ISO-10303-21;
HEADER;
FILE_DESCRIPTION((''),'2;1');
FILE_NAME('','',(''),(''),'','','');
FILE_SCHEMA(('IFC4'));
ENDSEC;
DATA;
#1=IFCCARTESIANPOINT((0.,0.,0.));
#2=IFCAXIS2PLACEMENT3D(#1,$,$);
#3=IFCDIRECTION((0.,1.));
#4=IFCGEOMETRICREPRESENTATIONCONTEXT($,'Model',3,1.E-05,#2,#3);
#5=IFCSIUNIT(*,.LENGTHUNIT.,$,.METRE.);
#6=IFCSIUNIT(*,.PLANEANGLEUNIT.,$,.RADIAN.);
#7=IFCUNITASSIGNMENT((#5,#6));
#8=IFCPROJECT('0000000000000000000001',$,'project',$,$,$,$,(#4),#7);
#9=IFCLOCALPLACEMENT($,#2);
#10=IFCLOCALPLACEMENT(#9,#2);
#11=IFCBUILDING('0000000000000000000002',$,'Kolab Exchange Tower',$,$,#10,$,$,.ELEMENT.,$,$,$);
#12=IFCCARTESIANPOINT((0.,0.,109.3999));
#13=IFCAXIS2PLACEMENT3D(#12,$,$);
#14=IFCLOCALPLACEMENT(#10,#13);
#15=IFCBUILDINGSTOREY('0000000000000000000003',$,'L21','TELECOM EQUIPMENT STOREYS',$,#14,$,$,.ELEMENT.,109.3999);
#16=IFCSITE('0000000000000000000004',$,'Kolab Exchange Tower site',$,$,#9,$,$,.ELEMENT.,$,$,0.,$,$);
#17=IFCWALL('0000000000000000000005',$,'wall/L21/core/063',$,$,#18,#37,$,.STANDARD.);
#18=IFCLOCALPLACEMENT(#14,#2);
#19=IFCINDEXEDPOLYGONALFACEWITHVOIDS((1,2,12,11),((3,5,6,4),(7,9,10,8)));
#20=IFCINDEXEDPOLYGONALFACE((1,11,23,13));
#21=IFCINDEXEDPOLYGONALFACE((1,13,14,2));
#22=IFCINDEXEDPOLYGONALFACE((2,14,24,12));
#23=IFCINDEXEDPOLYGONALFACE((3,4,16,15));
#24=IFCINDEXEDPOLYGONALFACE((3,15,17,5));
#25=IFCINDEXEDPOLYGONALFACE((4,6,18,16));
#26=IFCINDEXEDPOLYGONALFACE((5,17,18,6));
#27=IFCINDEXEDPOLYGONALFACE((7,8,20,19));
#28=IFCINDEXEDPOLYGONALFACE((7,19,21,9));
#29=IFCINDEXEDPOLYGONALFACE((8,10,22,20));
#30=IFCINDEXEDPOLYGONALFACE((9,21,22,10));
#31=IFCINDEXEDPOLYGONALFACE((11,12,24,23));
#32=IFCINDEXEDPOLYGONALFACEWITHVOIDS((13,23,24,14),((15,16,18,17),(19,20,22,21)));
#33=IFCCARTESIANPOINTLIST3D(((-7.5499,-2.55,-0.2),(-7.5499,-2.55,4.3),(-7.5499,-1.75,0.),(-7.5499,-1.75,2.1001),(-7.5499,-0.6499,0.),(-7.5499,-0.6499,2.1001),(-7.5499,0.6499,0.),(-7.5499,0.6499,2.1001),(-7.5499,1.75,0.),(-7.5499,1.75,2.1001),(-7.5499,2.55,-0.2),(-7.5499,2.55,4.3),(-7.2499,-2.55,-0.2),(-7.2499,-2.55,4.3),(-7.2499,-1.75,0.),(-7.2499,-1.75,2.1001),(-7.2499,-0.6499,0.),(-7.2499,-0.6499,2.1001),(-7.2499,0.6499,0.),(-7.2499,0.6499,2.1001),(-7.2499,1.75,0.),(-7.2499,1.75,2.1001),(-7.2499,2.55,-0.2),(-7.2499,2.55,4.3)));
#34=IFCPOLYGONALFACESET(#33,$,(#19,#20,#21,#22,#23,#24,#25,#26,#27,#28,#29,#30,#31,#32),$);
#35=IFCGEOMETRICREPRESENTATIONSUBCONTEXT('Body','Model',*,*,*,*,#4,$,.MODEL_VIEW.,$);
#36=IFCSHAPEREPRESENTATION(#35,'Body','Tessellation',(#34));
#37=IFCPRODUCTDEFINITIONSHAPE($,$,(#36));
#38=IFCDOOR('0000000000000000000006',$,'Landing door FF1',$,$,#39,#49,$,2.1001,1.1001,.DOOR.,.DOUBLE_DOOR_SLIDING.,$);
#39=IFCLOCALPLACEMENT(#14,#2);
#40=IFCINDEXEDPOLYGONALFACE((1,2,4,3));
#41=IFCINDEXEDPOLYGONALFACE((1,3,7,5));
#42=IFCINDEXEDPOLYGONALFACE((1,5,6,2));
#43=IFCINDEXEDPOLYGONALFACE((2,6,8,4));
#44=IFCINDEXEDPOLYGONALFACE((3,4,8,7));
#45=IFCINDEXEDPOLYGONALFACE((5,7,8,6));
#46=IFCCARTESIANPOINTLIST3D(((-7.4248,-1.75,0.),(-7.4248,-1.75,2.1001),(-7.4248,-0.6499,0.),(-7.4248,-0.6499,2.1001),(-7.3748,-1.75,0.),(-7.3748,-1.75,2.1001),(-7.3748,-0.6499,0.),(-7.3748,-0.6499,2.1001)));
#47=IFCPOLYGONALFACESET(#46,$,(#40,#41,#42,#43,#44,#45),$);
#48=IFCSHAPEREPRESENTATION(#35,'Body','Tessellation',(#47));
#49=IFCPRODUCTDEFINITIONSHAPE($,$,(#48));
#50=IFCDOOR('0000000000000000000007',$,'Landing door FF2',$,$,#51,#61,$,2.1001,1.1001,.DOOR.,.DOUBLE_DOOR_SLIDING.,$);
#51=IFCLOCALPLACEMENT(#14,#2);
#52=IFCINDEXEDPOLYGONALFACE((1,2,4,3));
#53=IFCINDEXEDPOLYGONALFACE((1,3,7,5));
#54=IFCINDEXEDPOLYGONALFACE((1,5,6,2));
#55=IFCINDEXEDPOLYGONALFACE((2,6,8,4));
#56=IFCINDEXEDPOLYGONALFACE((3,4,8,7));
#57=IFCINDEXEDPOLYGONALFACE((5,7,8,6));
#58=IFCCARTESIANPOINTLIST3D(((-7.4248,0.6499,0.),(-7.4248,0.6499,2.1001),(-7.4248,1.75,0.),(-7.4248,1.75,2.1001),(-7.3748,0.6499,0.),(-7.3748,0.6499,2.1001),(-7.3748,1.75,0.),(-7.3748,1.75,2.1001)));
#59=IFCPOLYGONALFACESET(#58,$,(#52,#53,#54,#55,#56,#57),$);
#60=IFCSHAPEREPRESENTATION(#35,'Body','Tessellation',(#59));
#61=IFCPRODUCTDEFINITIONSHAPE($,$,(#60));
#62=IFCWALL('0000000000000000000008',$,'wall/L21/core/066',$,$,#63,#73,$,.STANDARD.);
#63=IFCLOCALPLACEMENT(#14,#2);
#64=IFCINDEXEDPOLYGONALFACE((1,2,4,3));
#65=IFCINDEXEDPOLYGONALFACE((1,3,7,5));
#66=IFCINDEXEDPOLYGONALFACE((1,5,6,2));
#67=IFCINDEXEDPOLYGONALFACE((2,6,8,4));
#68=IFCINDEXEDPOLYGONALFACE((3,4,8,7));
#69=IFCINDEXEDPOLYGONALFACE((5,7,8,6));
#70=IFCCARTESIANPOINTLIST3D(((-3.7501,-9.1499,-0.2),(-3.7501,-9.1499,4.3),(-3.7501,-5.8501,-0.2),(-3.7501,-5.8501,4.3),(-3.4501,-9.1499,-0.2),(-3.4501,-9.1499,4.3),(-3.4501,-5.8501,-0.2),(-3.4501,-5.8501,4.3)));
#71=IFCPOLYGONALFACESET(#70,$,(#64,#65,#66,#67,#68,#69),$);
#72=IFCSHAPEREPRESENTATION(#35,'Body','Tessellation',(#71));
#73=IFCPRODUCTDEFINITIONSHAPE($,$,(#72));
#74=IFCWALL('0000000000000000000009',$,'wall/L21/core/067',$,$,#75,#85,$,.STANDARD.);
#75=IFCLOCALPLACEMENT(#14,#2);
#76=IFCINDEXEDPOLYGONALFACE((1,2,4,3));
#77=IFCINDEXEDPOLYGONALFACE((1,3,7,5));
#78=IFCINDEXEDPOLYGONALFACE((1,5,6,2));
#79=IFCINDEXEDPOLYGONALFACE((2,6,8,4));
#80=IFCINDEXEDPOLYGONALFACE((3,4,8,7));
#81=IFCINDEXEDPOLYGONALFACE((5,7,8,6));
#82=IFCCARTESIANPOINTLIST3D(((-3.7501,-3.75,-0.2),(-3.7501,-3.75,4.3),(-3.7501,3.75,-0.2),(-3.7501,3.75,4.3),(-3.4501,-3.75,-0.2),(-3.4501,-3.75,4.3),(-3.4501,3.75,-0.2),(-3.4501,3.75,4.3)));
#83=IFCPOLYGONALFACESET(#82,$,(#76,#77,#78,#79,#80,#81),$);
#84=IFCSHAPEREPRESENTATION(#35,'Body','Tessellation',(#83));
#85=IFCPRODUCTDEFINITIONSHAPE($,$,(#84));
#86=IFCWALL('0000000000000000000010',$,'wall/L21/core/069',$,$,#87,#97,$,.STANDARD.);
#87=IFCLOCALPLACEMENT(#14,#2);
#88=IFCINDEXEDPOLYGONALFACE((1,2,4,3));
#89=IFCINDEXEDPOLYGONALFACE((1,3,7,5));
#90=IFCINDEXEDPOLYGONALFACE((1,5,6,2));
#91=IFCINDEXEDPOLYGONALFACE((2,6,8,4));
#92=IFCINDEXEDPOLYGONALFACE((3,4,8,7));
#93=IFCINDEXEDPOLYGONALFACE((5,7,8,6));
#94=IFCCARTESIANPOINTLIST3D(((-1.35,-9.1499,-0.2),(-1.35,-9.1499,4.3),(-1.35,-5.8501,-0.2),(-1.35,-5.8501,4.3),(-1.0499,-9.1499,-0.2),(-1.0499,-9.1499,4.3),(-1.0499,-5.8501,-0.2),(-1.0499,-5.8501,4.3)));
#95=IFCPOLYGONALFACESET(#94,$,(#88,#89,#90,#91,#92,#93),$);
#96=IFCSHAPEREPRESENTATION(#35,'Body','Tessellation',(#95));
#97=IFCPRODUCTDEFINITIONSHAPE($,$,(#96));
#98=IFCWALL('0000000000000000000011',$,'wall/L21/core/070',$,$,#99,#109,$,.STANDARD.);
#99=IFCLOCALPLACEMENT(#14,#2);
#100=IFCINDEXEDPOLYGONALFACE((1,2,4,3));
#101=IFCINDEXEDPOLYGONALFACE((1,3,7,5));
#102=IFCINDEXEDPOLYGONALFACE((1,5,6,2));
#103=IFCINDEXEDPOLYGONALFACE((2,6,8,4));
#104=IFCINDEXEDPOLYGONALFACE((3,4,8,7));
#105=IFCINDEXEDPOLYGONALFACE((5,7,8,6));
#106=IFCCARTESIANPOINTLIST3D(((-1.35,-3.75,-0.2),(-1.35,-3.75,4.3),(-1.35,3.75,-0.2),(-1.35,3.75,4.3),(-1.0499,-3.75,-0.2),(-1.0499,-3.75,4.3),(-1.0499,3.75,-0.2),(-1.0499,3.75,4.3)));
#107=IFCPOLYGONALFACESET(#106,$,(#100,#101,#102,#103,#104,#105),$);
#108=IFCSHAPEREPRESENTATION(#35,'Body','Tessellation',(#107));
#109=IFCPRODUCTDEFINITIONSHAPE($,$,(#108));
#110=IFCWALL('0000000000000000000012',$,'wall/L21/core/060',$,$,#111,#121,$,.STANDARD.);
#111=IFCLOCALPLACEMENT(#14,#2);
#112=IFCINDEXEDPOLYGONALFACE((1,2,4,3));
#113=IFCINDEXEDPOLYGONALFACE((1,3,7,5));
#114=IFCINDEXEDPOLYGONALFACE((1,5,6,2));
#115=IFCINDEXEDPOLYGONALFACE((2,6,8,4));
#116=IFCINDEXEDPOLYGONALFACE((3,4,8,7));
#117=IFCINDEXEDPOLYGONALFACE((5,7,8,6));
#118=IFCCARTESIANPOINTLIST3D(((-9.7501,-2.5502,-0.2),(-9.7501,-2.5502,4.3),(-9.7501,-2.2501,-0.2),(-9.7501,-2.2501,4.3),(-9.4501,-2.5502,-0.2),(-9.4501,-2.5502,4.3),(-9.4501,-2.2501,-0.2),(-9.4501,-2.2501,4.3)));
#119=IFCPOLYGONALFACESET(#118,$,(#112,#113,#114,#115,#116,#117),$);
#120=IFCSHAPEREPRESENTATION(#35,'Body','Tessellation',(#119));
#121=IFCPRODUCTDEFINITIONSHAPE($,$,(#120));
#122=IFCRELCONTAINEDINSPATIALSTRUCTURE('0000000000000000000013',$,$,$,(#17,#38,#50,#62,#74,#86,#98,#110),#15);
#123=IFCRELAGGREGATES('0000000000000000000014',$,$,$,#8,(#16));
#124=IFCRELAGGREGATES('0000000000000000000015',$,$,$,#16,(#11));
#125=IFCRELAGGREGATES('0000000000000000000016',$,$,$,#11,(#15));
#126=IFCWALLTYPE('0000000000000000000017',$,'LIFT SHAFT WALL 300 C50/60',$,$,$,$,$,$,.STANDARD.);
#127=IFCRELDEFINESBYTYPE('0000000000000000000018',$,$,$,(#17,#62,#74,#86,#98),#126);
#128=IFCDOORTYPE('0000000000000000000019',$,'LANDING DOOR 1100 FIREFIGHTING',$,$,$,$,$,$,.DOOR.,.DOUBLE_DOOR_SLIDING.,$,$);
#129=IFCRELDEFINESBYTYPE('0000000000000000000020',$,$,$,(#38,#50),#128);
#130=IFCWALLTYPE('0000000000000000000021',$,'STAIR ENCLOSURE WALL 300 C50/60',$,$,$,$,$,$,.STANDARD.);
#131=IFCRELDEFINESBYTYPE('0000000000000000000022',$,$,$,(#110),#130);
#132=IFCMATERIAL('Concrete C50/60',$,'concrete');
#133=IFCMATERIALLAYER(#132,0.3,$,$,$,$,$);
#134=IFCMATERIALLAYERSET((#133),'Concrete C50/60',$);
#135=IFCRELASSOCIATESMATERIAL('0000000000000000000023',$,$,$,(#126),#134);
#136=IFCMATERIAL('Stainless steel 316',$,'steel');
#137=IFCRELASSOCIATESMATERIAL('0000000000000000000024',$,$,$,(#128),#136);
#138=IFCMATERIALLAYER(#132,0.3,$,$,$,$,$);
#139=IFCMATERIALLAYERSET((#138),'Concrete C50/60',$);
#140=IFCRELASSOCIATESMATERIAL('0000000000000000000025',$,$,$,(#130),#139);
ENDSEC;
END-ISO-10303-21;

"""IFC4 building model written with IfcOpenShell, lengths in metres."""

from ifc_helpers import new_model, si_unit, direction, frame, frame_2d, origin, place, context, subcontext, project, spatial, rectangle, extrude, material, layer, layer_set, type_object, element, fill, save


model = new_model("IFC4")

# Units and contexts
model_context = context("Model", 3, precision=1e-05, world=origin(), true_north=direction((0.0, 1.0)))
body_context = subcontext(model_context, "Body", "Model", "MODEL_VIEW")
ifc_project = project(units=[si_unit("LENGTHUNIT", "METRE"), si_unit("PLANEANGLEUNIT", "RADIAN")], contexts=[model_context])

# Site, building, storey
site_placement = place(None, origin())
site = spatial("IfcSite", under=ifc_project, at=site_placement, Name="Kolab Exchange Tower site", CompositionType="ELEMENT", RefElevation=0.0)
building_placement = place(site_placement, origin())
building = spatial("IfcBuilding", under=site, at=building_placement, Name="Kolab Exchange Tower", CompositionType="ELEMENT")
storey_placement = place(building_placement, frame((0.0, 0.0, 109.3999)))
storey = spatial("IfcBuildingStorey", under=building, at=storey_placement, Name="L21", Description="TELECOM EQUIPMENT STOREYS", CompositionType="ELEMENT", Elevation=109.3999)

# Shared definitions
ifc_material_1 = material(Name="Concrete C50/60", Category="concrete")
ifc_layer_1 = layer(ifc_material_1, 0.3)
ifc_layer_set_1 = layer_set([ifc_layer_1], Name="Concrete C50/60")
wall_type_1 = type_object("IfcWallType", Name="LIFT SHAFT WALL 300 C50/60", PredefinedType="STANDARD", material=ifc_layer_set_1)

# Wall, openings, doors
wall_1_placement = place(storey_placement, frame((-7.3999, -2.55, -0.2), z_axis=(0.0, 0.0, 1.0), x_axis=(0.0, 1.0, 0.0)))
wall_1 = element("IfcWall", 1, at=wall_1_placement, inside=storey, type_object=wall_type_1, Name="wall/L21/core/063", PredefinedType="STANDARD", context=body_context, shape_type="SweptSolid", body=[
    extrude(rectangle(XDim=5.1001, YDim=0.3, at=frame_2d((2.55, 0.0))), origin(), (0.0, 0.0, 1.0), 4.5),
])
opening_1_placement = place(wall_1_placement, frame((0.8, 0.0, 0.2)))
opening_1 = element("IfcOpeningElement", 2, at=opening_1_placement, cuts=wall_1, PredefinedType="OPENING", context=body_context, shape_type="SweptSolid", body=[
    extrude(rectangle(XDim=1.1001, YDim=2.1001, at=frame_2d((0.55, 1.05))), frame((0.0, 0.1602, 0.0), z_axis=(0.0, -1.0, 0.0), x_axis=(1.0, 0.0, 0.0)), (0.0, 0.0, 1.0), 0.3201),
])
opening_2_placement = place(wall_1_placement, frame((3.2, 0.0, 0.2)))
opening_2 = element("IfcOpeningElement", 3, at=opening_2_placement, cuts=wall_1, PredefinedType="OPENING", context=body_context, shape_type="SweptSolid", body=[
    extrude(rectangle(XDim=1.1001, YDim=2.1001, at=frame_2d((0.55, 1.05))), frame((0.0, 0.1602, 0.0), z_axis=(0.0, -1.0, 0.0), x_axis=(1.0, 0.0, 0.0)), (0.0, 0.0, 1.0), 0.3201),
])
ifc_material_2 = material(Name="Stainless steel 316", Category="steel")
door_type_1 = type_object("IfcDoorType", Name="LANDING DOOR 1100 FIREFIGHTING", OperationType="DOUBLE_DOOR_SLIDING", PredefinedType="DOOR", material=ifc_material_2)
door_1_placement = place(opening_1_placement, origin())
door_1 = element("IfcDoor", 4, at=door_1_placement, inside=storey, type_object=door_type_1, Name="Landing door FF1", OperationType="DOUBLE_DOOR_SLIDING", OverallHeight=2.1001, OverallWidth=1.1001, PredefinedType="DOOR", context=body_context, shape_type="SweptSolid", body=[
    extrude(rectangle(XDim=1.1001, YDim=2.1001, at=frame_2d((0.55, 1.05))), frame((0.0, 0.0249, 0.0), z_axis=(0.0, -1.0, 0.0), x_axis=(1.0, 0.0, 0.0)), (0.0, 0.0, 1.0), 0.05),
])
fill(opening_1, door_1)
door_2_placement = place(opening_2_placement, origin())
door_2 = element("IfcDoor", 5, at=door_2_placement, inside=storey, type_object=door_type_1, Name="Landing door FF2", OperationType="DOUBLE_DOOR_SLIDING", OverallHeight=2.1001, OverallWidth=1.1001, PredefinedType="DOOR", context=body_context, shape_type="SweptSolid", body=[
    extrude(rectangle(XDim=1.1001, YDim=2.1001, at=frame_2d((0.55, 1.05))), frame((0.0, 0.0249, 0.0), z_axis=(0.0, -1.0, 0.0), x_axis=(1.0, 0.0, 0.0)), (0.0, 0.0, 1.0), 0.05),
])
fill(opening_2, door_2)

# Walls
wall_2_placement = place(storey_placement, frame((-3.6001, -9.1499, -0.2), z_axis=(0.0, 0.0, 1.0), x_axis=(0.0, 1.0, 0.0)))
element("IfcWall", 6, at=wall_2_placement, inside=storey, type_object=wall_type_1, Name="wall/L21/core/066", PredefinedType="STANDARD", context=body_context, shape_type="SweptSolid", body=[
    extrude(rectangle(XDim=3.2998, YDim=0.3, at=frame_2d((1.6499, 0.0))), origin(), (0.0, 0.0, 1.0), 4.5),
])
wall_3_placement = place(storey_placement, frame((-3.6001, -3.75, -0.2), z_axis=(0.0, 0.0, 1.0), x_axis=(0.0, 1.0, 0.0)))
element("IfcWall", 7, at=wall_3_placement, inside=storey, type_object=wall_type_1, Name="wall/L21/core/067", PredefinedType="STANDARD", context=body_context, shape_type="SweptSolid", body=[
    extrude(rectangle(XDim=7.5, YDim=0.3, at=frame_2d((3.75, 0.0))), origin(), (0.0, 0.0, 1.0), 4.5),
])
wall_4_placement = place(storey_placement, frame((-1.2, -9.1499, -0.2), z_axis=(0.0, 0.0, 1.0), x_axis=(0.0, 1.0, 0.0)))
element("IfcWall", 8, at=wall_4_placement, inside=storey, type_object=wall_type_1, Name="wall/L21/core/069", PredefinedType="STANDARD", context=body_context, shape_type="SweptSolid", body=[
    extrude(rectangle(XDim=3.2998, YDim=0.3, at=frame_2d((1.6499, 0.0))), origin(), (0.0, 0.0, 1.0), 4.5),
])
wall_5_placement = place(storey_placement, frame((-1.2, -3.75, -0.2), z_axis=(0.0, 0.0, 1.0), x_axis=(0.0, 1.0, 0.0)))
element("IfcWall", 9, at=wall_5_placement, inside=storey, type_object=wall_type_1, Name="wall/L21/core/070", PredefinedType="STANDARD", context=body_context, shape_type="SweptSolid", body=[
    extrude(rectangle(XDim=7.5, YDim=0.3, at=frame_2d((3.75, 0.0))), origin(), (0.0, 0.0, 1.0), 4.5),
])
ifc_layer_2 = layer(ifc_material_1, 0.3)
ifc_layer_set_2 = layer_set([ifc_layer_2], Name="Concrete C50/60")
wall_type_2 = type_object("IfcWallType", Name="STAIR ENCLOSURE WALL 300 C50/60", PredefinedType="STANDARD", material=ifc_layer_set_2)
wall_6_placement = place(storey_placement, frame((-9.6001, -2.55, -0.2), z_axis=(0.0, 0.0, 1.0), x_axis=(0.0, 1.0, 0.0)))
element("IfcWall", 10, at=wall_6_placement, inside=storey, type_object=wall_type_2, Name="wall/L21/core/060", PredefinedType="STANDARD", context=body_context, shape_type="SweptSolid", body=[
    extrude(rectangle(XDim=0.3, YDim=0.3, at=frame_2d((0.1499, 0.0))), origin(), (0.0, 0.0, 1.0), 4.5),
])

save(model, "model.ifc")
